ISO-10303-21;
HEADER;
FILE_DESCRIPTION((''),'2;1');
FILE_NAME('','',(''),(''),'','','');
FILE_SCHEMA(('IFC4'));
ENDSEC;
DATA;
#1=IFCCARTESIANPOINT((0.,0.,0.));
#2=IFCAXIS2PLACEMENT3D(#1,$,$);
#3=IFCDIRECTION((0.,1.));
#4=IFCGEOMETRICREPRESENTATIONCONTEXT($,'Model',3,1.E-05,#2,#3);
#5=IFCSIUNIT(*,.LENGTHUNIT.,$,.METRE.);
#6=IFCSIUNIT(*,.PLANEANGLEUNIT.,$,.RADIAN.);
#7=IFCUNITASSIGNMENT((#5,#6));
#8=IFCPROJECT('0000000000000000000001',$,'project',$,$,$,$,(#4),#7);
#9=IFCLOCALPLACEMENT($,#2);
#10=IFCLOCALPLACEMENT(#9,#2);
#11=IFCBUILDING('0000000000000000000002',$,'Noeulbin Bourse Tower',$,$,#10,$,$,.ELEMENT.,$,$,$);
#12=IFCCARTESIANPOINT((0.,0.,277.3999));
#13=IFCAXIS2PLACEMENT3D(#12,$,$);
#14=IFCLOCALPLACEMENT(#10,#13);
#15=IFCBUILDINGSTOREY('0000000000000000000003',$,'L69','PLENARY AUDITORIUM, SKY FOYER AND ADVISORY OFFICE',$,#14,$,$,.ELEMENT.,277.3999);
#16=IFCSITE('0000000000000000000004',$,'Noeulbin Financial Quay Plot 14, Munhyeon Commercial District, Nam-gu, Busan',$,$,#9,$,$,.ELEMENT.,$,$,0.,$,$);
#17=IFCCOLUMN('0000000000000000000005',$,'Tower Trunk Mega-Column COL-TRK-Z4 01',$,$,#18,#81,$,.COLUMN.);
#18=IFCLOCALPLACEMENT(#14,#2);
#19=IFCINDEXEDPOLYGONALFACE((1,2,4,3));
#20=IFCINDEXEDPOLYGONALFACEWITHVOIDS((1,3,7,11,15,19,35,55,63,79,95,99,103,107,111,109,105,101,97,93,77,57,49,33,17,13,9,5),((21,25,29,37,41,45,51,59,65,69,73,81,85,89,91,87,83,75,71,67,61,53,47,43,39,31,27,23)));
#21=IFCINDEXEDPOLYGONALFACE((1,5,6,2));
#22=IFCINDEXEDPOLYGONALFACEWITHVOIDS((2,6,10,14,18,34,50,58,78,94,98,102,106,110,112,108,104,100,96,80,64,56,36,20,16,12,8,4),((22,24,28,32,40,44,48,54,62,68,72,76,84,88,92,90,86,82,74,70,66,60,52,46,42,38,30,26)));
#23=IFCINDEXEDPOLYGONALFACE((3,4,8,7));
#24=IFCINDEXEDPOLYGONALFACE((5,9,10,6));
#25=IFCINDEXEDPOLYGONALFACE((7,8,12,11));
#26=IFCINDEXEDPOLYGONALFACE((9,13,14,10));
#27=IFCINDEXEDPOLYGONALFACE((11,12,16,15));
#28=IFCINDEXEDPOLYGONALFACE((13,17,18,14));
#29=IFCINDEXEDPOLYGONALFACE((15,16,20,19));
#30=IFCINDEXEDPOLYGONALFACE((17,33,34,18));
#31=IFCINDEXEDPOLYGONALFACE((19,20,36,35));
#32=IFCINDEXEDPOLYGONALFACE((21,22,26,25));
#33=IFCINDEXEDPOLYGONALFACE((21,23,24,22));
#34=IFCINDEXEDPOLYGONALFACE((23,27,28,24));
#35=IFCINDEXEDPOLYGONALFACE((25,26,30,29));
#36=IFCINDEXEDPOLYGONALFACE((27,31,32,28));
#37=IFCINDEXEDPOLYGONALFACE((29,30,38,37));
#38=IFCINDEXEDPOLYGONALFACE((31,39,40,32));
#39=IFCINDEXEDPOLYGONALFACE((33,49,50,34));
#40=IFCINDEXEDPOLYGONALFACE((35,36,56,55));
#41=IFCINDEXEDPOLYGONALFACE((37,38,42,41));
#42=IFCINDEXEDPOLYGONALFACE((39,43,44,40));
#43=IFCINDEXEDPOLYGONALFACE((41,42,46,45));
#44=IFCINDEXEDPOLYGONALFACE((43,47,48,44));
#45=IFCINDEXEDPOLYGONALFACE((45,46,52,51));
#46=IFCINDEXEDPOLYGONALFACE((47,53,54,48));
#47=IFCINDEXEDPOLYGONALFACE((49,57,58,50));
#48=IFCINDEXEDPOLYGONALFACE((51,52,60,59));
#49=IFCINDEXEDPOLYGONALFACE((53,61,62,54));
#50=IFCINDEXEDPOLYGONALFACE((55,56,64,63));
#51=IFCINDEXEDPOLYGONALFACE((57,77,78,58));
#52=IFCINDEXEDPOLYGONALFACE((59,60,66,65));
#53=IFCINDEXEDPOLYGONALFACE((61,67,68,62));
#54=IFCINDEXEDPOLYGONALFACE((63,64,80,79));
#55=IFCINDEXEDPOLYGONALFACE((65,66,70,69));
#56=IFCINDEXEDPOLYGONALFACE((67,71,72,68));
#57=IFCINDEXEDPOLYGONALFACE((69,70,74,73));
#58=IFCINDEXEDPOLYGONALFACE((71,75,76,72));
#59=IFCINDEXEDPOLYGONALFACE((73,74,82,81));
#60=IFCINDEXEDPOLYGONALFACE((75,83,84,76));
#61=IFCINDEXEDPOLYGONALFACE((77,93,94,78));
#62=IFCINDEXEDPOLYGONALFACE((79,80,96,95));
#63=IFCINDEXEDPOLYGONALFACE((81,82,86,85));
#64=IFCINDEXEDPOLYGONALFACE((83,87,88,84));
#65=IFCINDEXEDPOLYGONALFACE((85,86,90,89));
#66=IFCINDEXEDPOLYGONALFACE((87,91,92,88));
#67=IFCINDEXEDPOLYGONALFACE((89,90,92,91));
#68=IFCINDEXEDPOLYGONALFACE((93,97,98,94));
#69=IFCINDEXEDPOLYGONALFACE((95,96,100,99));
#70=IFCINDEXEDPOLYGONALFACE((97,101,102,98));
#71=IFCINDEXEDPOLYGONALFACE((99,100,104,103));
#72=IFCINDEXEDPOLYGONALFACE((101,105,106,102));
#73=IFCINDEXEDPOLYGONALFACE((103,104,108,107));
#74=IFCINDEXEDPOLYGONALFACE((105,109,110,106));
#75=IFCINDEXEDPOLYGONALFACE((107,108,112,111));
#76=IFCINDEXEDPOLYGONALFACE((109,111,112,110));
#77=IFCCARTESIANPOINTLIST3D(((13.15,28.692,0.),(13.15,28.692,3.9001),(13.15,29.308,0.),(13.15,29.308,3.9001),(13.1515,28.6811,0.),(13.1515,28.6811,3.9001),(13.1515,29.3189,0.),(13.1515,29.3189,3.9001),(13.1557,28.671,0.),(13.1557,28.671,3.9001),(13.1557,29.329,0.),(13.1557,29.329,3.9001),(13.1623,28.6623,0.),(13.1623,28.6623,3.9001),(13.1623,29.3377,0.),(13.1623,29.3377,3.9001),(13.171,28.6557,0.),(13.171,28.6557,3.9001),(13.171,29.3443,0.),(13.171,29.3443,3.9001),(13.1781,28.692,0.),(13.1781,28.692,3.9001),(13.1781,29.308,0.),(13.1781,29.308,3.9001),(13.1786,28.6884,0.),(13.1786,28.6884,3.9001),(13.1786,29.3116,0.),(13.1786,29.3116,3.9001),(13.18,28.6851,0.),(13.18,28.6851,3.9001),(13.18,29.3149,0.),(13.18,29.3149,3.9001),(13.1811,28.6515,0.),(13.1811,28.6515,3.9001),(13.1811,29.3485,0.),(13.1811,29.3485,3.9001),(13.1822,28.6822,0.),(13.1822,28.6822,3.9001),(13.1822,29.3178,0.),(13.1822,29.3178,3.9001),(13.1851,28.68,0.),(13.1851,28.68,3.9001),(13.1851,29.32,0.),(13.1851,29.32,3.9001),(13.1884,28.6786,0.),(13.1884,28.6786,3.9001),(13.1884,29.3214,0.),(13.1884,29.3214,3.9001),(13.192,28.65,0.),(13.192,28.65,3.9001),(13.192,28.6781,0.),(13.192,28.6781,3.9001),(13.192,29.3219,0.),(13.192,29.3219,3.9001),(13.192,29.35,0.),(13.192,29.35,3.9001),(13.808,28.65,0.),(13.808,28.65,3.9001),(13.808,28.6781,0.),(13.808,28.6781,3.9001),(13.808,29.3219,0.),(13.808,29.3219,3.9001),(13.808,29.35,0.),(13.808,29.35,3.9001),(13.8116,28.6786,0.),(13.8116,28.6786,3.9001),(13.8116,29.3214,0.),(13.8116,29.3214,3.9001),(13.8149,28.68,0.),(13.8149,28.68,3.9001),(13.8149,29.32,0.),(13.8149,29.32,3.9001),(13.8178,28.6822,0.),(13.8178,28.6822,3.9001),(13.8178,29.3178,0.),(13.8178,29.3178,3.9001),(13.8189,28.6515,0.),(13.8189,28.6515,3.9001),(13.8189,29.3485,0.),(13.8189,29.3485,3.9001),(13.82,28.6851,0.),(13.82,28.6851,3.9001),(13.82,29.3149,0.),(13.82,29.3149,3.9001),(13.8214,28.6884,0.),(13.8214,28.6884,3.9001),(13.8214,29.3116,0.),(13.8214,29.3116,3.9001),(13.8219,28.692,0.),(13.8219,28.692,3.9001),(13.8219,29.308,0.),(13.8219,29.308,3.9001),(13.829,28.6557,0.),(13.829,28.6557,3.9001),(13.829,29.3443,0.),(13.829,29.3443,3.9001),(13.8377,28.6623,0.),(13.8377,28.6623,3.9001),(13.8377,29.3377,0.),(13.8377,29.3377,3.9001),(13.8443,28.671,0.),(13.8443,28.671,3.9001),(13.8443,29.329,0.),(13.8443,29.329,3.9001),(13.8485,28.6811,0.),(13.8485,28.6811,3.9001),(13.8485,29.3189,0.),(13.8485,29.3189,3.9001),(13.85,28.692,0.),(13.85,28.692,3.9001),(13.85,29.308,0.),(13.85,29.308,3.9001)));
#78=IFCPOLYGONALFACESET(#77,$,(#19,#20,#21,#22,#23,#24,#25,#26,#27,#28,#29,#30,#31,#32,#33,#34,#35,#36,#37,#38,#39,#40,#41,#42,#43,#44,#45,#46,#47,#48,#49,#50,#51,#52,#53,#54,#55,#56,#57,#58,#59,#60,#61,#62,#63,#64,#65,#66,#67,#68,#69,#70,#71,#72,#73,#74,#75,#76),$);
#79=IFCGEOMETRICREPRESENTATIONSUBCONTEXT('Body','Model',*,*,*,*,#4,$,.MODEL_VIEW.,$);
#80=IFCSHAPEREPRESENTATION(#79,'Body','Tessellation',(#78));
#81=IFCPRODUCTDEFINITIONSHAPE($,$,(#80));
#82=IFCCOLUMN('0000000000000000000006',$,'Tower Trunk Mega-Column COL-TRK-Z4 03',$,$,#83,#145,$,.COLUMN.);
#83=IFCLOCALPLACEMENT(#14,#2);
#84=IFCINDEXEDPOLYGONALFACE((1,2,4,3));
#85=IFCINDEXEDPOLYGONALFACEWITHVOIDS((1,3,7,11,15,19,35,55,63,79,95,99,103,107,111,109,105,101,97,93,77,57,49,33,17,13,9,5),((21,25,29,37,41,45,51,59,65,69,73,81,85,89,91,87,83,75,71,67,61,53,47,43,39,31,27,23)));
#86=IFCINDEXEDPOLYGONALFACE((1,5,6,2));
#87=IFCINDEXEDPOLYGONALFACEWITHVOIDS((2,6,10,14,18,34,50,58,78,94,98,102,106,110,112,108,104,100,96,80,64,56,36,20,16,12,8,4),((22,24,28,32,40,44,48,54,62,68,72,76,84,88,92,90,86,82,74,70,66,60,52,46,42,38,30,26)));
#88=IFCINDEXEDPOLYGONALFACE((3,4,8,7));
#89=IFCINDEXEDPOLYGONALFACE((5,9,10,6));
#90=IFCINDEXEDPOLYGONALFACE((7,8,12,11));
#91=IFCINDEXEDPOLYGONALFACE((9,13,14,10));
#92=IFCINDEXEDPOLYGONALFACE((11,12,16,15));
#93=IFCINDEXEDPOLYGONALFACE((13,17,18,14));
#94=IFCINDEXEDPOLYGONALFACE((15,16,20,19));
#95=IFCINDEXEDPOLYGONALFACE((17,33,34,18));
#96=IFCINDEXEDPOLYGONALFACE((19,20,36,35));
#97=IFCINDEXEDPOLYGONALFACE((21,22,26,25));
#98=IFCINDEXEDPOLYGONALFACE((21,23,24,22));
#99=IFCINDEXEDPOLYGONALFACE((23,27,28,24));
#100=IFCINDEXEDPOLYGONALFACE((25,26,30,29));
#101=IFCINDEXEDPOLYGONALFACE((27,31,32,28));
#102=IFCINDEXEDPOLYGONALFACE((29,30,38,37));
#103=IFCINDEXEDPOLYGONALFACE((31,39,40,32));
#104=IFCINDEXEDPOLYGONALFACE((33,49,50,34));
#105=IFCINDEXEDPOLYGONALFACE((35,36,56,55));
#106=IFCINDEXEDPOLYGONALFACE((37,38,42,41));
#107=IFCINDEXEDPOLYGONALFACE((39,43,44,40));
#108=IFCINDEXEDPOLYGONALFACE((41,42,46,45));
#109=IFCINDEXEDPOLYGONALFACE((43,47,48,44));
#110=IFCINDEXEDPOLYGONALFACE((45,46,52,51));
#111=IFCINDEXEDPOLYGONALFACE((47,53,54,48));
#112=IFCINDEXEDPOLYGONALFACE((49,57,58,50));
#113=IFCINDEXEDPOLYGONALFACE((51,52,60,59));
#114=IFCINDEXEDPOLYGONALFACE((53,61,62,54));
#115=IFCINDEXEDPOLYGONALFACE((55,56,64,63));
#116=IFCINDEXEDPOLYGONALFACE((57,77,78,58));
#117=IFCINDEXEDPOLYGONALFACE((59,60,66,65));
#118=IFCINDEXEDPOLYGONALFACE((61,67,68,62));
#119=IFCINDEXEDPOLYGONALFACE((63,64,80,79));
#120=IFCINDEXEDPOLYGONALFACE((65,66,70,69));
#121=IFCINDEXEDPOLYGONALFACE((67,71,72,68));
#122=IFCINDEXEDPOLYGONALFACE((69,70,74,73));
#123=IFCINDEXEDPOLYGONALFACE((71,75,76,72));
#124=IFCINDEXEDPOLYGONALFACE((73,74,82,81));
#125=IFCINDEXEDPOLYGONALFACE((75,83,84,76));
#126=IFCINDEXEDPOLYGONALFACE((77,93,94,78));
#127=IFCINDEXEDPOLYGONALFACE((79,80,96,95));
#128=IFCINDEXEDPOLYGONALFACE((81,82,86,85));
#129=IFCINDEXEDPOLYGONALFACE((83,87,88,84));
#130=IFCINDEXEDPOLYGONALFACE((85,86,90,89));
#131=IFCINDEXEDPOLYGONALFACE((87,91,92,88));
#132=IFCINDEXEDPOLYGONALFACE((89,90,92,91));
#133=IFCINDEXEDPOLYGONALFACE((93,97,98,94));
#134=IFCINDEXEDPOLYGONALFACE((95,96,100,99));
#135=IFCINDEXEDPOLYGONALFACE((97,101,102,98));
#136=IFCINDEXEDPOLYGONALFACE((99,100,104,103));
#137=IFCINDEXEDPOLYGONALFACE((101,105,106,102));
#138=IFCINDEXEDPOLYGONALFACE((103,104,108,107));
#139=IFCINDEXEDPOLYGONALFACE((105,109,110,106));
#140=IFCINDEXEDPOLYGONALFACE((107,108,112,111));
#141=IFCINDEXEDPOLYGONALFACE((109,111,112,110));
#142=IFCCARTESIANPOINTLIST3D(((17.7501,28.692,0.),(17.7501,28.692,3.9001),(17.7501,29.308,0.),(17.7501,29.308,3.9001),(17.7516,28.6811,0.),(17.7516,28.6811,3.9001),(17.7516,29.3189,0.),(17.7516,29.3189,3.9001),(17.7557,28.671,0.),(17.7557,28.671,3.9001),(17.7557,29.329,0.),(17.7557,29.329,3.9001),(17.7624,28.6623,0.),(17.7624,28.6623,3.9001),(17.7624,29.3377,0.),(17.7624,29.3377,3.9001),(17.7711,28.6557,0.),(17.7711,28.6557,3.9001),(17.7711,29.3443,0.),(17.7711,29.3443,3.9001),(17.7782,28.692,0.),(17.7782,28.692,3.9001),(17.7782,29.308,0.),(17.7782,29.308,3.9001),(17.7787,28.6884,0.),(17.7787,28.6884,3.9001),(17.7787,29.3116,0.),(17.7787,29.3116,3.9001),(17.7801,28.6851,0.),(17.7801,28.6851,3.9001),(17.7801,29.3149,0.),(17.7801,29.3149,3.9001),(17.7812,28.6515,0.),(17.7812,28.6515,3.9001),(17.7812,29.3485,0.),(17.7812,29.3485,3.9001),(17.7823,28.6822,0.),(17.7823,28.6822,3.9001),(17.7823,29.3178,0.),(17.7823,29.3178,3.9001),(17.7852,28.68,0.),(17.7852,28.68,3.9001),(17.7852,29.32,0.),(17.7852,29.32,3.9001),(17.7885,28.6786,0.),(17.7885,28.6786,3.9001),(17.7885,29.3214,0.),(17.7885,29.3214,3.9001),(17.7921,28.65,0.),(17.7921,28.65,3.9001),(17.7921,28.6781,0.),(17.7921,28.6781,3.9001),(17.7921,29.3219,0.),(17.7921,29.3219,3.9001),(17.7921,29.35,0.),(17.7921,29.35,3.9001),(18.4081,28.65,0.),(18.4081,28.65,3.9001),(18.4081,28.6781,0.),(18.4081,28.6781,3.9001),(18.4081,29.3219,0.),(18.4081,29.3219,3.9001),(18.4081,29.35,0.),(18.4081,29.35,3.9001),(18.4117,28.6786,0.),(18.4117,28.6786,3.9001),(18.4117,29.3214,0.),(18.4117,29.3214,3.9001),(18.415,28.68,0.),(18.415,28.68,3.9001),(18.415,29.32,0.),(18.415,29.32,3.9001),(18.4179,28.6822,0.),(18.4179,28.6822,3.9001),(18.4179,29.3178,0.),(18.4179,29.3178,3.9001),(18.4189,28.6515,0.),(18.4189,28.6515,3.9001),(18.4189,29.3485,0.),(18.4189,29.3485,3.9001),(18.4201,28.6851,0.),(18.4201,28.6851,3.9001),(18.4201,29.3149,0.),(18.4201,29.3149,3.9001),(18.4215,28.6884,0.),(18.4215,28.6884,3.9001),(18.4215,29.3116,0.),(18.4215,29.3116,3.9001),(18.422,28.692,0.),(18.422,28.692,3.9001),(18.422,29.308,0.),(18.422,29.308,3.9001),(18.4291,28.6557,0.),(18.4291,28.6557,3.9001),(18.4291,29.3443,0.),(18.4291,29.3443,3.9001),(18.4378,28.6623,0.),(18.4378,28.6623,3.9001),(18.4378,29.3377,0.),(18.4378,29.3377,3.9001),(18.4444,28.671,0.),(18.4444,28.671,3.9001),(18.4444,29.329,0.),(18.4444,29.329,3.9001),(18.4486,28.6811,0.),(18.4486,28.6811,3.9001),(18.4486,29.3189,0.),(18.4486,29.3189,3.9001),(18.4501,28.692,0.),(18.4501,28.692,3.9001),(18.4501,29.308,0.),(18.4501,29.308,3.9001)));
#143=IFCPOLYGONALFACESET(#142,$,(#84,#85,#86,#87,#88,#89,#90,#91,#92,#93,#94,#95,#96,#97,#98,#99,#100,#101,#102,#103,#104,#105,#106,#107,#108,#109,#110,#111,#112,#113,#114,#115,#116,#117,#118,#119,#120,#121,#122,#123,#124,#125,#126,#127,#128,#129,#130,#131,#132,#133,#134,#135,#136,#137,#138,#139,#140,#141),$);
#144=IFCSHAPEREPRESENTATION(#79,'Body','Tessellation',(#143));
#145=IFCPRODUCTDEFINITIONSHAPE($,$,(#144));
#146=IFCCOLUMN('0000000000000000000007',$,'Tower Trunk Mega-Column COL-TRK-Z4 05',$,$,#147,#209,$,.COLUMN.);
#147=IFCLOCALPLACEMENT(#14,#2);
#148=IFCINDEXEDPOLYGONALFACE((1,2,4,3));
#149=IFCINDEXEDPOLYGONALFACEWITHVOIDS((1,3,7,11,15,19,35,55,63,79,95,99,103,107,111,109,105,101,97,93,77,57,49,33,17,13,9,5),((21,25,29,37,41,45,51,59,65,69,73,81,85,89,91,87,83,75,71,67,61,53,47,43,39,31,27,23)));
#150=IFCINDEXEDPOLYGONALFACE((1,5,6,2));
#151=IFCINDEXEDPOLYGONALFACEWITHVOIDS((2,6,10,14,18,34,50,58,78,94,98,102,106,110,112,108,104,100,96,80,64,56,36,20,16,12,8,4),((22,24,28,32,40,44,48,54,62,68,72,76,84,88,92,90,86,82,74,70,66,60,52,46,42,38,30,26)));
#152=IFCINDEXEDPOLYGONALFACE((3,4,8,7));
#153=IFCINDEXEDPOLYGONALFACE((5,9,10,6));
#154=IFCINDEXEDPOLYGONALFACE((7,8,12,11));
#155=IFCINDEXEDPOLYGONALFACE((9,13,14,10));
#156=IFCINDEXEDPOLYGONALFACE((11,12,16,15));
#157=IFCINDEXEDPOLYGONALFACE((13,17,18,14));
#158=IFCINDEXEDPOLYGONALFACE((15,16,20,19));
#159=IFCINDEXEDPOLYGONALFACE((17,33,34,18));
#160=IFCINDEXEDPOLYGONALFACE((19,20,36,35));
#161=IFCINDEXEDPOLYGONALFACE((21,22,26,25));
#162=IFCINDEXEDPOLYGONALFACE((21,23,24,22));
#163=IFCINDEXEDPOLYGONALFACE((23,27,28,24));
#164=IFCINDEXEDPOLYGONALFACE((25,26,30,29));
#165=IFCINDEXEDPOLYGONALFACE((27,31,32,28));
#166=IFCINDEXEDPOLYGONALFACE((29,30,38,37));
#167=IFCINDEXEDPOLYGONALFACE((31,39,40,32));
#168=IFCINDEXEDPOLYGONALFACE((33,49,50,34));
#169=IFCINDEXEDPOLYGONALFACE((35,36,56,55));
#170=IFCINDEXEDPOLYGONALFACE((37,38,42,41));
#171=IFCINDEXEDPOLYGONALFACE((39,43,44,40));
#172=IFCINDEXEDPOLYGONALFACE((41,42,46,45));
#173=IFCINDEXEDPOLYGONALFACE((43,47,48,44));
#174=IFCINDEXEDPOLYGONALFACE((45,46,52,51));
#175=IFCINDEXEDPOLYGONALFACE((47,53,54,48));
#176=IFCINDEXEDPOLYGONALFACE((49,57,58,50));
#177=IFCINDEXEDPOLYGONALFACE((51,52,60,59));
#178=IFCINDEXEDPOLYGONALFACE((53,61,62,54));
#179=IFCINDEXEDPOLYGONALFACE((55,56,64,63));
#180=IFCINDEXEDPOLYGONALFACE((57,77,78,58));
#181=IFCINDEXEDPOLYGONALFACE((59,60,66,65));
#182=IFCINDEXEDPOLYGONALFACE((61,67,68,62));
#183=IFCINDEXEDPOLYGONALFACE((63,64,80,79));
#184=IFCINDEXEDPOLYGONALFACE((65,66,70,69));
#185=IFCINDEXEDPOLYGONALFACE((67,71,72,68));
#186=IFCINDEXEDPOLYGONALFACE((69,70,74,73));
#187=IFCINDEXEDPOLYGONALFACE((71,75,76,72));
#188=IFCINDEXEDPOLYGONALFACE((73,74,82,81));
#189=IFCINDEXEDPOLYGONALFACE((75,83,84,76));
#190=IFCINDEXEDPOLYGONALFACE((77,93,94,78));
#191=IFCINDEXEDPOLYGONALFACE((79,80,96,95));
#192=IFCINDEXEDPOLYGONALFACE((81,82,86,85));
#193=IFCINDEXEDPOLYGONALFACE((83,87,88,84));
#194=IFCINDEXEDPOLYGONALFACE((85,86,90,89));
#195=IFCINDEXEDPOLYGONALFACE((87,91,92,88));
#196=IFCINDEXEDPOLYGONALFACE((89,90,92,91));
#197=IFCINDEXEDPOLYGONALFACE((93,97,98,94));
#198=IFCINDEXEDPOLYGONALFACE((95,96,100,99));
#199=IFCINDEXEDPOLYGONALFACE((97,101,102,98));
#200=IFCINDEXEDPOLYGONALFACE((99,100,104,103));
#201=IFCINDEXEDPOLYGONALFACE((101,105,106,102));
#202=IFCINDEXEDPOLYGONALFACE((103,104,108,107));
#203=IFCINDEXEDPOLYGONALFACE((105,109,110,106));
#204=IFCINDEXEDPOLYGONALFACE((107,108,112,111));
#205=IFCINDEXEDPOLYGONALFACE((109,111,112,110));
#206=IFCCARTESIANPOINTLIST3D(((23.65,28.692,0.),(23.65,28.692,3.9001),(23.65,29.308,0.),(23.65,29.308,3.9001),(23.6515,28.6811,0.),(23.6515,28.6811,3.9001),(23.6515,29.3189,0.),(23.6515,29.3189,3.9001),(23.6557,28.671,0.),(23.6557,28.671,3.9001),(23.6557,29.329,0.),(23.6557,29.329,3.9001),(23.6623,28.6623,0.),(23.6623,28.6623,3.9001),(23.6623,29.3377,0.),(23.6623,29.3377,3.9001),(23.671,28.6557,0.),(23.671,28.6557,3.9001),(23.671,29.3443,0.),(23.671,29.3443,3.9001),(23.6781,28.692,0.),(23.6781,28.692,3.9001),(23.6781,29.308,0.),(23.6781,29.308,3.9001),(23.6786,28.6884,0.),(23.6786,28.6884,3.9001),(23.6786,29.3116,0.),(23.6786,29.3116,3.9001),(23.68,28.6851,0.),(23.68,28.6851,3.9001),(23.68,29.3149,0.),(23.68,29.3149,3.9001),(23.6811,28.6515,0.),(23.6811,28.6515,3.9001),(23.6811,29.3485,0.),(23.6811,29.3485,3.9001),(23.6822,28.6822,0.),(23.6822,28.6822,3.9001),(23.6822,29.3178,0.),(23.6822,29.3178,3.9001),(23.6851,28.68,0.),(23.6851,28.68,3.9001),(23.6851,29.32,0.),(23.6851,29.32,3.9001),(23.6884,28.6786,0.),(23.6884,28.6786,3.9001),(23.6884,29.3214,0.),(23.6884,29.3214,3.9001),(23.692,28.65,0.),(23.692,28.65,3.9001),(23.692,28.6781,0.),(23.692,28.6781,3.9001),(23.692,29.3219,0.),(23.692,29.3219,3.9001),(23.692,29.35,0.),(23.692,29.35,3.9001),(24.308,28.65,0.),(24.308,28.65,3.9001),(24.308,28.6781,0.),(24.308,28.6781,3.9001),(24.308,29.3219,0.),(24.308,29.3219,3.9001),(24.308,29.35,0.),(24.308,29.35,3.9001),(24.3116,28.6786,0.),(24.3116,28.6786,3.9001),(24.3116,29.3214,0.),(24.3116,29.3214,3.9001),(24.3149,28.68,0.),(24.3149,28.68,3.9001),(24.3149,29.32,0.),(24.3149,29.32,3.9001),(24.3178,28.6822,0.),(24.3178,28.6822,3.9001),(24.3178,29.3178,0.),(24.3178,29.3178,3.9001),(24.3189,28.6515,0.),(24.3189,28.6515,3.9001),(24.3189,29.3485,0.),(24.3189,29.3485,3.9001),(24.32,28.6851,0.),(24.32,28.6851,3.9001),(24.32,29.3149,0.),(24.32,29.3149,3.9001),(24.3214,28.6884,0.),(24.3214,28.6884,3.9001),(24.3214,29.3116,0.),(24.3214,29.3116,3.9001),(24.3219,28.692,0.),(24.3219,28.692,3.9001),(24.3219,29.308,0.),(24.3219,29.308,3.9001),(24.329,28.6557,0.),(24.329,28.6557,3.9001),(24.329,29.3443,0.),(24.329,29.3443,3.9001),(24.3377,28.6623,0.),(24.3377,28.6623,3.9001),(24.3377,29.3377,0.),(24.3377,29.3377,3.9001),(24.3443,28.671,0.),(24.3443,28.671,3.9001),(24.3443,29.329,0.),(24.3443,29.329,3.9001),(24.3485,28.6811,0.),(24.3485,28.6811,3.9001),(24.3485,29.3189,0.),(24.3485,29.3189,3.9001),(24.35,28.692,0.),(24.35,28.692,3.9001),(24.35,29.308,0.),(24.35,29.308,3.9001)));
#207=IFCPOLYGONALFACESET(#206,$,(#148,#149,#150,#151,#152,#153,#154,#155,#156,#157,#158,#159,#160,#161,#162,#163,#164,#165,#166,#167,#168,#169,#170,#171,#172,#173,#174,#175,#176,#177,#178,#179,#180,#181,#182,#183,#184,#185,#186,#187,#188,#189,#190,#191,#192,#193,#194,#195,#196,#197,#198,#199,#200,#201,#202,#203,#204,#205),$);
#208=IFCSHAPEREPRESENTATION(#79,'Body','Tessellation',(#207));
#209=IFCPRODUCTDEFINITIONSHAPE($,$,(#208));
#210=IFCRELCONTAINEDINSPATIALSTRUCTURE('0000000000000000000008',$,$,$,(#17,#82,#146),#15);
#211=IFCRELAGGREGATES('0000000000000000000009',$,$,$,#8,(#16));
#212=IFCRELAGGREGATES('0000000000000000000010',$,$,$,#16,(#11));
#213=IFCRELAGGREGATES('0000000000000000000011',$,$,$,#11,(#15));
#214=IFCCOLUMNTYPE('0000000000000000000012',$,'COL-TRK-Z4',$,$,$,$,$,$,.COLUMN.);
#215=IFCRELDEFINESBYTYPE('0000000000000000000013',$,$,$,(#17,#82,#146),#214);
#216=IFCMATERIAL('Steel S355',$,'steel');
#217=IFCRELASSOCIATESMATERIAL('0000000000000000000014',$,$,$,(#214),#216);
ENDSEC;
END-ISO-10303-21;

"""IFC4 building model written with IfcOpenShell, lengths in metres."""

from ifc_helpers import new_model, si_unit, direction, frame, origin, origin_2d, place, context, subcontext, project, spatial, hollow_rectangle, extrude, material, material_profile, profile_set, type_object, element, save


model = new_model("IFC4")

# Units and contexts
model_context = context("Model", 3, precision=1e-05, world=origin(), true_north=direction((0.0, 1.0)))
body_context = subcontext(model_context, "Body", "Model", "MODEL_VIEW")
ifc_project = project(units=[si_unit("LENGTHUNIT", "METRE"), si_unit("PLANEANGLEUNIT", "RADIAN")], contexts=[model_context])

# Site, building, storey
site_placement = place(None, origin())
site = spatial("IfcSite", under=ifc_project, at=site_placement, Name="Noeulbin Financial Quay Plot 14, Munhyeon Commercial District, Nam-gu, Busan", CompositionType="ELEMENT", RefElevation=0.0)
building_placement = place(site_placement, origin())
building = spatial("IfcBuilding", under=site, at=building_placement, Name="Noeulbin Bourse Tower", CompositionType="ELEMENT")
storey_placement = place(building_placement, frame((0.0, 0.0, 277.3999)))
storey = spatial("IfcBuildingStorey", under=building, at=storey_placement, Name="L69", Description="PLENARY AUDITORIUM, SKY FOYER AND ADVISORY OFFICE", CompositionType="ELEMENT", Elevation=277.3999)

# Columns
ifc_material_1 = material(Name="Steel S355", Category="steel")
ifc_material_profile_1 = material_profile(ifc_material_1, hollow_rectangle(XDim=0.7, YDim=0.7, WallThickness=0.0281, InnerFilletRadius=0.0139, OuterFilletRadius=0.042, at=origin_2d()), Name="BOX-700x700x28", Category="LoadBearing")
ifc_profile_set_1 = profile_set([ifc_material_profile_1], Name="Steel S355")
column_type = type_object("IfcColumnType", Name="COL-TRK-Z4", PredefinedType="COLUMN", material=ifc_profile_set_1)
for number, where, z_axis, x_axis, name in (
    (1, (13.5, 29.0, 0.0), (0.0, 0.0, 1.0), (1.0, 0.0, 0.0), "Tower Trunk Mega-Column COL-TRK-Z4 01"),
    (2, (18.1001, 29.0, 0.0), (0.0, 0.0, 1.0), (1.0, 0.0, 0.0), "Tower Trunk Mega-Column COL-TRK-Z4 03"),
    (3, (24.0, 29.0, 0.0), (0.0, 0.0, 1.0), (1.0, 0.0, 0.0), "Tower Trunk Mega-Column COL-TRK-Z4 05"),
):
    element("IfcColumn", number, at=place(storey_placement, frame(where, z_axis=z_axis, x_axis=x_axis)), inside=storey, type_object=column_type, Name=name, PredefinedType="COLUMN", context=body_context, shape_type="SweptSolid", body=[
        extrude(hollow_rectangle(XDim=0.7, YDim=0.7, WallThickness=0.0281, InnerFilletRadius=0.0139, OuterFilletRadius=0.042, at=origin_2d()), origin(), (0.0, 0.0, 1.0), 3.9001),
    ])

save(model, "model.ifc")
